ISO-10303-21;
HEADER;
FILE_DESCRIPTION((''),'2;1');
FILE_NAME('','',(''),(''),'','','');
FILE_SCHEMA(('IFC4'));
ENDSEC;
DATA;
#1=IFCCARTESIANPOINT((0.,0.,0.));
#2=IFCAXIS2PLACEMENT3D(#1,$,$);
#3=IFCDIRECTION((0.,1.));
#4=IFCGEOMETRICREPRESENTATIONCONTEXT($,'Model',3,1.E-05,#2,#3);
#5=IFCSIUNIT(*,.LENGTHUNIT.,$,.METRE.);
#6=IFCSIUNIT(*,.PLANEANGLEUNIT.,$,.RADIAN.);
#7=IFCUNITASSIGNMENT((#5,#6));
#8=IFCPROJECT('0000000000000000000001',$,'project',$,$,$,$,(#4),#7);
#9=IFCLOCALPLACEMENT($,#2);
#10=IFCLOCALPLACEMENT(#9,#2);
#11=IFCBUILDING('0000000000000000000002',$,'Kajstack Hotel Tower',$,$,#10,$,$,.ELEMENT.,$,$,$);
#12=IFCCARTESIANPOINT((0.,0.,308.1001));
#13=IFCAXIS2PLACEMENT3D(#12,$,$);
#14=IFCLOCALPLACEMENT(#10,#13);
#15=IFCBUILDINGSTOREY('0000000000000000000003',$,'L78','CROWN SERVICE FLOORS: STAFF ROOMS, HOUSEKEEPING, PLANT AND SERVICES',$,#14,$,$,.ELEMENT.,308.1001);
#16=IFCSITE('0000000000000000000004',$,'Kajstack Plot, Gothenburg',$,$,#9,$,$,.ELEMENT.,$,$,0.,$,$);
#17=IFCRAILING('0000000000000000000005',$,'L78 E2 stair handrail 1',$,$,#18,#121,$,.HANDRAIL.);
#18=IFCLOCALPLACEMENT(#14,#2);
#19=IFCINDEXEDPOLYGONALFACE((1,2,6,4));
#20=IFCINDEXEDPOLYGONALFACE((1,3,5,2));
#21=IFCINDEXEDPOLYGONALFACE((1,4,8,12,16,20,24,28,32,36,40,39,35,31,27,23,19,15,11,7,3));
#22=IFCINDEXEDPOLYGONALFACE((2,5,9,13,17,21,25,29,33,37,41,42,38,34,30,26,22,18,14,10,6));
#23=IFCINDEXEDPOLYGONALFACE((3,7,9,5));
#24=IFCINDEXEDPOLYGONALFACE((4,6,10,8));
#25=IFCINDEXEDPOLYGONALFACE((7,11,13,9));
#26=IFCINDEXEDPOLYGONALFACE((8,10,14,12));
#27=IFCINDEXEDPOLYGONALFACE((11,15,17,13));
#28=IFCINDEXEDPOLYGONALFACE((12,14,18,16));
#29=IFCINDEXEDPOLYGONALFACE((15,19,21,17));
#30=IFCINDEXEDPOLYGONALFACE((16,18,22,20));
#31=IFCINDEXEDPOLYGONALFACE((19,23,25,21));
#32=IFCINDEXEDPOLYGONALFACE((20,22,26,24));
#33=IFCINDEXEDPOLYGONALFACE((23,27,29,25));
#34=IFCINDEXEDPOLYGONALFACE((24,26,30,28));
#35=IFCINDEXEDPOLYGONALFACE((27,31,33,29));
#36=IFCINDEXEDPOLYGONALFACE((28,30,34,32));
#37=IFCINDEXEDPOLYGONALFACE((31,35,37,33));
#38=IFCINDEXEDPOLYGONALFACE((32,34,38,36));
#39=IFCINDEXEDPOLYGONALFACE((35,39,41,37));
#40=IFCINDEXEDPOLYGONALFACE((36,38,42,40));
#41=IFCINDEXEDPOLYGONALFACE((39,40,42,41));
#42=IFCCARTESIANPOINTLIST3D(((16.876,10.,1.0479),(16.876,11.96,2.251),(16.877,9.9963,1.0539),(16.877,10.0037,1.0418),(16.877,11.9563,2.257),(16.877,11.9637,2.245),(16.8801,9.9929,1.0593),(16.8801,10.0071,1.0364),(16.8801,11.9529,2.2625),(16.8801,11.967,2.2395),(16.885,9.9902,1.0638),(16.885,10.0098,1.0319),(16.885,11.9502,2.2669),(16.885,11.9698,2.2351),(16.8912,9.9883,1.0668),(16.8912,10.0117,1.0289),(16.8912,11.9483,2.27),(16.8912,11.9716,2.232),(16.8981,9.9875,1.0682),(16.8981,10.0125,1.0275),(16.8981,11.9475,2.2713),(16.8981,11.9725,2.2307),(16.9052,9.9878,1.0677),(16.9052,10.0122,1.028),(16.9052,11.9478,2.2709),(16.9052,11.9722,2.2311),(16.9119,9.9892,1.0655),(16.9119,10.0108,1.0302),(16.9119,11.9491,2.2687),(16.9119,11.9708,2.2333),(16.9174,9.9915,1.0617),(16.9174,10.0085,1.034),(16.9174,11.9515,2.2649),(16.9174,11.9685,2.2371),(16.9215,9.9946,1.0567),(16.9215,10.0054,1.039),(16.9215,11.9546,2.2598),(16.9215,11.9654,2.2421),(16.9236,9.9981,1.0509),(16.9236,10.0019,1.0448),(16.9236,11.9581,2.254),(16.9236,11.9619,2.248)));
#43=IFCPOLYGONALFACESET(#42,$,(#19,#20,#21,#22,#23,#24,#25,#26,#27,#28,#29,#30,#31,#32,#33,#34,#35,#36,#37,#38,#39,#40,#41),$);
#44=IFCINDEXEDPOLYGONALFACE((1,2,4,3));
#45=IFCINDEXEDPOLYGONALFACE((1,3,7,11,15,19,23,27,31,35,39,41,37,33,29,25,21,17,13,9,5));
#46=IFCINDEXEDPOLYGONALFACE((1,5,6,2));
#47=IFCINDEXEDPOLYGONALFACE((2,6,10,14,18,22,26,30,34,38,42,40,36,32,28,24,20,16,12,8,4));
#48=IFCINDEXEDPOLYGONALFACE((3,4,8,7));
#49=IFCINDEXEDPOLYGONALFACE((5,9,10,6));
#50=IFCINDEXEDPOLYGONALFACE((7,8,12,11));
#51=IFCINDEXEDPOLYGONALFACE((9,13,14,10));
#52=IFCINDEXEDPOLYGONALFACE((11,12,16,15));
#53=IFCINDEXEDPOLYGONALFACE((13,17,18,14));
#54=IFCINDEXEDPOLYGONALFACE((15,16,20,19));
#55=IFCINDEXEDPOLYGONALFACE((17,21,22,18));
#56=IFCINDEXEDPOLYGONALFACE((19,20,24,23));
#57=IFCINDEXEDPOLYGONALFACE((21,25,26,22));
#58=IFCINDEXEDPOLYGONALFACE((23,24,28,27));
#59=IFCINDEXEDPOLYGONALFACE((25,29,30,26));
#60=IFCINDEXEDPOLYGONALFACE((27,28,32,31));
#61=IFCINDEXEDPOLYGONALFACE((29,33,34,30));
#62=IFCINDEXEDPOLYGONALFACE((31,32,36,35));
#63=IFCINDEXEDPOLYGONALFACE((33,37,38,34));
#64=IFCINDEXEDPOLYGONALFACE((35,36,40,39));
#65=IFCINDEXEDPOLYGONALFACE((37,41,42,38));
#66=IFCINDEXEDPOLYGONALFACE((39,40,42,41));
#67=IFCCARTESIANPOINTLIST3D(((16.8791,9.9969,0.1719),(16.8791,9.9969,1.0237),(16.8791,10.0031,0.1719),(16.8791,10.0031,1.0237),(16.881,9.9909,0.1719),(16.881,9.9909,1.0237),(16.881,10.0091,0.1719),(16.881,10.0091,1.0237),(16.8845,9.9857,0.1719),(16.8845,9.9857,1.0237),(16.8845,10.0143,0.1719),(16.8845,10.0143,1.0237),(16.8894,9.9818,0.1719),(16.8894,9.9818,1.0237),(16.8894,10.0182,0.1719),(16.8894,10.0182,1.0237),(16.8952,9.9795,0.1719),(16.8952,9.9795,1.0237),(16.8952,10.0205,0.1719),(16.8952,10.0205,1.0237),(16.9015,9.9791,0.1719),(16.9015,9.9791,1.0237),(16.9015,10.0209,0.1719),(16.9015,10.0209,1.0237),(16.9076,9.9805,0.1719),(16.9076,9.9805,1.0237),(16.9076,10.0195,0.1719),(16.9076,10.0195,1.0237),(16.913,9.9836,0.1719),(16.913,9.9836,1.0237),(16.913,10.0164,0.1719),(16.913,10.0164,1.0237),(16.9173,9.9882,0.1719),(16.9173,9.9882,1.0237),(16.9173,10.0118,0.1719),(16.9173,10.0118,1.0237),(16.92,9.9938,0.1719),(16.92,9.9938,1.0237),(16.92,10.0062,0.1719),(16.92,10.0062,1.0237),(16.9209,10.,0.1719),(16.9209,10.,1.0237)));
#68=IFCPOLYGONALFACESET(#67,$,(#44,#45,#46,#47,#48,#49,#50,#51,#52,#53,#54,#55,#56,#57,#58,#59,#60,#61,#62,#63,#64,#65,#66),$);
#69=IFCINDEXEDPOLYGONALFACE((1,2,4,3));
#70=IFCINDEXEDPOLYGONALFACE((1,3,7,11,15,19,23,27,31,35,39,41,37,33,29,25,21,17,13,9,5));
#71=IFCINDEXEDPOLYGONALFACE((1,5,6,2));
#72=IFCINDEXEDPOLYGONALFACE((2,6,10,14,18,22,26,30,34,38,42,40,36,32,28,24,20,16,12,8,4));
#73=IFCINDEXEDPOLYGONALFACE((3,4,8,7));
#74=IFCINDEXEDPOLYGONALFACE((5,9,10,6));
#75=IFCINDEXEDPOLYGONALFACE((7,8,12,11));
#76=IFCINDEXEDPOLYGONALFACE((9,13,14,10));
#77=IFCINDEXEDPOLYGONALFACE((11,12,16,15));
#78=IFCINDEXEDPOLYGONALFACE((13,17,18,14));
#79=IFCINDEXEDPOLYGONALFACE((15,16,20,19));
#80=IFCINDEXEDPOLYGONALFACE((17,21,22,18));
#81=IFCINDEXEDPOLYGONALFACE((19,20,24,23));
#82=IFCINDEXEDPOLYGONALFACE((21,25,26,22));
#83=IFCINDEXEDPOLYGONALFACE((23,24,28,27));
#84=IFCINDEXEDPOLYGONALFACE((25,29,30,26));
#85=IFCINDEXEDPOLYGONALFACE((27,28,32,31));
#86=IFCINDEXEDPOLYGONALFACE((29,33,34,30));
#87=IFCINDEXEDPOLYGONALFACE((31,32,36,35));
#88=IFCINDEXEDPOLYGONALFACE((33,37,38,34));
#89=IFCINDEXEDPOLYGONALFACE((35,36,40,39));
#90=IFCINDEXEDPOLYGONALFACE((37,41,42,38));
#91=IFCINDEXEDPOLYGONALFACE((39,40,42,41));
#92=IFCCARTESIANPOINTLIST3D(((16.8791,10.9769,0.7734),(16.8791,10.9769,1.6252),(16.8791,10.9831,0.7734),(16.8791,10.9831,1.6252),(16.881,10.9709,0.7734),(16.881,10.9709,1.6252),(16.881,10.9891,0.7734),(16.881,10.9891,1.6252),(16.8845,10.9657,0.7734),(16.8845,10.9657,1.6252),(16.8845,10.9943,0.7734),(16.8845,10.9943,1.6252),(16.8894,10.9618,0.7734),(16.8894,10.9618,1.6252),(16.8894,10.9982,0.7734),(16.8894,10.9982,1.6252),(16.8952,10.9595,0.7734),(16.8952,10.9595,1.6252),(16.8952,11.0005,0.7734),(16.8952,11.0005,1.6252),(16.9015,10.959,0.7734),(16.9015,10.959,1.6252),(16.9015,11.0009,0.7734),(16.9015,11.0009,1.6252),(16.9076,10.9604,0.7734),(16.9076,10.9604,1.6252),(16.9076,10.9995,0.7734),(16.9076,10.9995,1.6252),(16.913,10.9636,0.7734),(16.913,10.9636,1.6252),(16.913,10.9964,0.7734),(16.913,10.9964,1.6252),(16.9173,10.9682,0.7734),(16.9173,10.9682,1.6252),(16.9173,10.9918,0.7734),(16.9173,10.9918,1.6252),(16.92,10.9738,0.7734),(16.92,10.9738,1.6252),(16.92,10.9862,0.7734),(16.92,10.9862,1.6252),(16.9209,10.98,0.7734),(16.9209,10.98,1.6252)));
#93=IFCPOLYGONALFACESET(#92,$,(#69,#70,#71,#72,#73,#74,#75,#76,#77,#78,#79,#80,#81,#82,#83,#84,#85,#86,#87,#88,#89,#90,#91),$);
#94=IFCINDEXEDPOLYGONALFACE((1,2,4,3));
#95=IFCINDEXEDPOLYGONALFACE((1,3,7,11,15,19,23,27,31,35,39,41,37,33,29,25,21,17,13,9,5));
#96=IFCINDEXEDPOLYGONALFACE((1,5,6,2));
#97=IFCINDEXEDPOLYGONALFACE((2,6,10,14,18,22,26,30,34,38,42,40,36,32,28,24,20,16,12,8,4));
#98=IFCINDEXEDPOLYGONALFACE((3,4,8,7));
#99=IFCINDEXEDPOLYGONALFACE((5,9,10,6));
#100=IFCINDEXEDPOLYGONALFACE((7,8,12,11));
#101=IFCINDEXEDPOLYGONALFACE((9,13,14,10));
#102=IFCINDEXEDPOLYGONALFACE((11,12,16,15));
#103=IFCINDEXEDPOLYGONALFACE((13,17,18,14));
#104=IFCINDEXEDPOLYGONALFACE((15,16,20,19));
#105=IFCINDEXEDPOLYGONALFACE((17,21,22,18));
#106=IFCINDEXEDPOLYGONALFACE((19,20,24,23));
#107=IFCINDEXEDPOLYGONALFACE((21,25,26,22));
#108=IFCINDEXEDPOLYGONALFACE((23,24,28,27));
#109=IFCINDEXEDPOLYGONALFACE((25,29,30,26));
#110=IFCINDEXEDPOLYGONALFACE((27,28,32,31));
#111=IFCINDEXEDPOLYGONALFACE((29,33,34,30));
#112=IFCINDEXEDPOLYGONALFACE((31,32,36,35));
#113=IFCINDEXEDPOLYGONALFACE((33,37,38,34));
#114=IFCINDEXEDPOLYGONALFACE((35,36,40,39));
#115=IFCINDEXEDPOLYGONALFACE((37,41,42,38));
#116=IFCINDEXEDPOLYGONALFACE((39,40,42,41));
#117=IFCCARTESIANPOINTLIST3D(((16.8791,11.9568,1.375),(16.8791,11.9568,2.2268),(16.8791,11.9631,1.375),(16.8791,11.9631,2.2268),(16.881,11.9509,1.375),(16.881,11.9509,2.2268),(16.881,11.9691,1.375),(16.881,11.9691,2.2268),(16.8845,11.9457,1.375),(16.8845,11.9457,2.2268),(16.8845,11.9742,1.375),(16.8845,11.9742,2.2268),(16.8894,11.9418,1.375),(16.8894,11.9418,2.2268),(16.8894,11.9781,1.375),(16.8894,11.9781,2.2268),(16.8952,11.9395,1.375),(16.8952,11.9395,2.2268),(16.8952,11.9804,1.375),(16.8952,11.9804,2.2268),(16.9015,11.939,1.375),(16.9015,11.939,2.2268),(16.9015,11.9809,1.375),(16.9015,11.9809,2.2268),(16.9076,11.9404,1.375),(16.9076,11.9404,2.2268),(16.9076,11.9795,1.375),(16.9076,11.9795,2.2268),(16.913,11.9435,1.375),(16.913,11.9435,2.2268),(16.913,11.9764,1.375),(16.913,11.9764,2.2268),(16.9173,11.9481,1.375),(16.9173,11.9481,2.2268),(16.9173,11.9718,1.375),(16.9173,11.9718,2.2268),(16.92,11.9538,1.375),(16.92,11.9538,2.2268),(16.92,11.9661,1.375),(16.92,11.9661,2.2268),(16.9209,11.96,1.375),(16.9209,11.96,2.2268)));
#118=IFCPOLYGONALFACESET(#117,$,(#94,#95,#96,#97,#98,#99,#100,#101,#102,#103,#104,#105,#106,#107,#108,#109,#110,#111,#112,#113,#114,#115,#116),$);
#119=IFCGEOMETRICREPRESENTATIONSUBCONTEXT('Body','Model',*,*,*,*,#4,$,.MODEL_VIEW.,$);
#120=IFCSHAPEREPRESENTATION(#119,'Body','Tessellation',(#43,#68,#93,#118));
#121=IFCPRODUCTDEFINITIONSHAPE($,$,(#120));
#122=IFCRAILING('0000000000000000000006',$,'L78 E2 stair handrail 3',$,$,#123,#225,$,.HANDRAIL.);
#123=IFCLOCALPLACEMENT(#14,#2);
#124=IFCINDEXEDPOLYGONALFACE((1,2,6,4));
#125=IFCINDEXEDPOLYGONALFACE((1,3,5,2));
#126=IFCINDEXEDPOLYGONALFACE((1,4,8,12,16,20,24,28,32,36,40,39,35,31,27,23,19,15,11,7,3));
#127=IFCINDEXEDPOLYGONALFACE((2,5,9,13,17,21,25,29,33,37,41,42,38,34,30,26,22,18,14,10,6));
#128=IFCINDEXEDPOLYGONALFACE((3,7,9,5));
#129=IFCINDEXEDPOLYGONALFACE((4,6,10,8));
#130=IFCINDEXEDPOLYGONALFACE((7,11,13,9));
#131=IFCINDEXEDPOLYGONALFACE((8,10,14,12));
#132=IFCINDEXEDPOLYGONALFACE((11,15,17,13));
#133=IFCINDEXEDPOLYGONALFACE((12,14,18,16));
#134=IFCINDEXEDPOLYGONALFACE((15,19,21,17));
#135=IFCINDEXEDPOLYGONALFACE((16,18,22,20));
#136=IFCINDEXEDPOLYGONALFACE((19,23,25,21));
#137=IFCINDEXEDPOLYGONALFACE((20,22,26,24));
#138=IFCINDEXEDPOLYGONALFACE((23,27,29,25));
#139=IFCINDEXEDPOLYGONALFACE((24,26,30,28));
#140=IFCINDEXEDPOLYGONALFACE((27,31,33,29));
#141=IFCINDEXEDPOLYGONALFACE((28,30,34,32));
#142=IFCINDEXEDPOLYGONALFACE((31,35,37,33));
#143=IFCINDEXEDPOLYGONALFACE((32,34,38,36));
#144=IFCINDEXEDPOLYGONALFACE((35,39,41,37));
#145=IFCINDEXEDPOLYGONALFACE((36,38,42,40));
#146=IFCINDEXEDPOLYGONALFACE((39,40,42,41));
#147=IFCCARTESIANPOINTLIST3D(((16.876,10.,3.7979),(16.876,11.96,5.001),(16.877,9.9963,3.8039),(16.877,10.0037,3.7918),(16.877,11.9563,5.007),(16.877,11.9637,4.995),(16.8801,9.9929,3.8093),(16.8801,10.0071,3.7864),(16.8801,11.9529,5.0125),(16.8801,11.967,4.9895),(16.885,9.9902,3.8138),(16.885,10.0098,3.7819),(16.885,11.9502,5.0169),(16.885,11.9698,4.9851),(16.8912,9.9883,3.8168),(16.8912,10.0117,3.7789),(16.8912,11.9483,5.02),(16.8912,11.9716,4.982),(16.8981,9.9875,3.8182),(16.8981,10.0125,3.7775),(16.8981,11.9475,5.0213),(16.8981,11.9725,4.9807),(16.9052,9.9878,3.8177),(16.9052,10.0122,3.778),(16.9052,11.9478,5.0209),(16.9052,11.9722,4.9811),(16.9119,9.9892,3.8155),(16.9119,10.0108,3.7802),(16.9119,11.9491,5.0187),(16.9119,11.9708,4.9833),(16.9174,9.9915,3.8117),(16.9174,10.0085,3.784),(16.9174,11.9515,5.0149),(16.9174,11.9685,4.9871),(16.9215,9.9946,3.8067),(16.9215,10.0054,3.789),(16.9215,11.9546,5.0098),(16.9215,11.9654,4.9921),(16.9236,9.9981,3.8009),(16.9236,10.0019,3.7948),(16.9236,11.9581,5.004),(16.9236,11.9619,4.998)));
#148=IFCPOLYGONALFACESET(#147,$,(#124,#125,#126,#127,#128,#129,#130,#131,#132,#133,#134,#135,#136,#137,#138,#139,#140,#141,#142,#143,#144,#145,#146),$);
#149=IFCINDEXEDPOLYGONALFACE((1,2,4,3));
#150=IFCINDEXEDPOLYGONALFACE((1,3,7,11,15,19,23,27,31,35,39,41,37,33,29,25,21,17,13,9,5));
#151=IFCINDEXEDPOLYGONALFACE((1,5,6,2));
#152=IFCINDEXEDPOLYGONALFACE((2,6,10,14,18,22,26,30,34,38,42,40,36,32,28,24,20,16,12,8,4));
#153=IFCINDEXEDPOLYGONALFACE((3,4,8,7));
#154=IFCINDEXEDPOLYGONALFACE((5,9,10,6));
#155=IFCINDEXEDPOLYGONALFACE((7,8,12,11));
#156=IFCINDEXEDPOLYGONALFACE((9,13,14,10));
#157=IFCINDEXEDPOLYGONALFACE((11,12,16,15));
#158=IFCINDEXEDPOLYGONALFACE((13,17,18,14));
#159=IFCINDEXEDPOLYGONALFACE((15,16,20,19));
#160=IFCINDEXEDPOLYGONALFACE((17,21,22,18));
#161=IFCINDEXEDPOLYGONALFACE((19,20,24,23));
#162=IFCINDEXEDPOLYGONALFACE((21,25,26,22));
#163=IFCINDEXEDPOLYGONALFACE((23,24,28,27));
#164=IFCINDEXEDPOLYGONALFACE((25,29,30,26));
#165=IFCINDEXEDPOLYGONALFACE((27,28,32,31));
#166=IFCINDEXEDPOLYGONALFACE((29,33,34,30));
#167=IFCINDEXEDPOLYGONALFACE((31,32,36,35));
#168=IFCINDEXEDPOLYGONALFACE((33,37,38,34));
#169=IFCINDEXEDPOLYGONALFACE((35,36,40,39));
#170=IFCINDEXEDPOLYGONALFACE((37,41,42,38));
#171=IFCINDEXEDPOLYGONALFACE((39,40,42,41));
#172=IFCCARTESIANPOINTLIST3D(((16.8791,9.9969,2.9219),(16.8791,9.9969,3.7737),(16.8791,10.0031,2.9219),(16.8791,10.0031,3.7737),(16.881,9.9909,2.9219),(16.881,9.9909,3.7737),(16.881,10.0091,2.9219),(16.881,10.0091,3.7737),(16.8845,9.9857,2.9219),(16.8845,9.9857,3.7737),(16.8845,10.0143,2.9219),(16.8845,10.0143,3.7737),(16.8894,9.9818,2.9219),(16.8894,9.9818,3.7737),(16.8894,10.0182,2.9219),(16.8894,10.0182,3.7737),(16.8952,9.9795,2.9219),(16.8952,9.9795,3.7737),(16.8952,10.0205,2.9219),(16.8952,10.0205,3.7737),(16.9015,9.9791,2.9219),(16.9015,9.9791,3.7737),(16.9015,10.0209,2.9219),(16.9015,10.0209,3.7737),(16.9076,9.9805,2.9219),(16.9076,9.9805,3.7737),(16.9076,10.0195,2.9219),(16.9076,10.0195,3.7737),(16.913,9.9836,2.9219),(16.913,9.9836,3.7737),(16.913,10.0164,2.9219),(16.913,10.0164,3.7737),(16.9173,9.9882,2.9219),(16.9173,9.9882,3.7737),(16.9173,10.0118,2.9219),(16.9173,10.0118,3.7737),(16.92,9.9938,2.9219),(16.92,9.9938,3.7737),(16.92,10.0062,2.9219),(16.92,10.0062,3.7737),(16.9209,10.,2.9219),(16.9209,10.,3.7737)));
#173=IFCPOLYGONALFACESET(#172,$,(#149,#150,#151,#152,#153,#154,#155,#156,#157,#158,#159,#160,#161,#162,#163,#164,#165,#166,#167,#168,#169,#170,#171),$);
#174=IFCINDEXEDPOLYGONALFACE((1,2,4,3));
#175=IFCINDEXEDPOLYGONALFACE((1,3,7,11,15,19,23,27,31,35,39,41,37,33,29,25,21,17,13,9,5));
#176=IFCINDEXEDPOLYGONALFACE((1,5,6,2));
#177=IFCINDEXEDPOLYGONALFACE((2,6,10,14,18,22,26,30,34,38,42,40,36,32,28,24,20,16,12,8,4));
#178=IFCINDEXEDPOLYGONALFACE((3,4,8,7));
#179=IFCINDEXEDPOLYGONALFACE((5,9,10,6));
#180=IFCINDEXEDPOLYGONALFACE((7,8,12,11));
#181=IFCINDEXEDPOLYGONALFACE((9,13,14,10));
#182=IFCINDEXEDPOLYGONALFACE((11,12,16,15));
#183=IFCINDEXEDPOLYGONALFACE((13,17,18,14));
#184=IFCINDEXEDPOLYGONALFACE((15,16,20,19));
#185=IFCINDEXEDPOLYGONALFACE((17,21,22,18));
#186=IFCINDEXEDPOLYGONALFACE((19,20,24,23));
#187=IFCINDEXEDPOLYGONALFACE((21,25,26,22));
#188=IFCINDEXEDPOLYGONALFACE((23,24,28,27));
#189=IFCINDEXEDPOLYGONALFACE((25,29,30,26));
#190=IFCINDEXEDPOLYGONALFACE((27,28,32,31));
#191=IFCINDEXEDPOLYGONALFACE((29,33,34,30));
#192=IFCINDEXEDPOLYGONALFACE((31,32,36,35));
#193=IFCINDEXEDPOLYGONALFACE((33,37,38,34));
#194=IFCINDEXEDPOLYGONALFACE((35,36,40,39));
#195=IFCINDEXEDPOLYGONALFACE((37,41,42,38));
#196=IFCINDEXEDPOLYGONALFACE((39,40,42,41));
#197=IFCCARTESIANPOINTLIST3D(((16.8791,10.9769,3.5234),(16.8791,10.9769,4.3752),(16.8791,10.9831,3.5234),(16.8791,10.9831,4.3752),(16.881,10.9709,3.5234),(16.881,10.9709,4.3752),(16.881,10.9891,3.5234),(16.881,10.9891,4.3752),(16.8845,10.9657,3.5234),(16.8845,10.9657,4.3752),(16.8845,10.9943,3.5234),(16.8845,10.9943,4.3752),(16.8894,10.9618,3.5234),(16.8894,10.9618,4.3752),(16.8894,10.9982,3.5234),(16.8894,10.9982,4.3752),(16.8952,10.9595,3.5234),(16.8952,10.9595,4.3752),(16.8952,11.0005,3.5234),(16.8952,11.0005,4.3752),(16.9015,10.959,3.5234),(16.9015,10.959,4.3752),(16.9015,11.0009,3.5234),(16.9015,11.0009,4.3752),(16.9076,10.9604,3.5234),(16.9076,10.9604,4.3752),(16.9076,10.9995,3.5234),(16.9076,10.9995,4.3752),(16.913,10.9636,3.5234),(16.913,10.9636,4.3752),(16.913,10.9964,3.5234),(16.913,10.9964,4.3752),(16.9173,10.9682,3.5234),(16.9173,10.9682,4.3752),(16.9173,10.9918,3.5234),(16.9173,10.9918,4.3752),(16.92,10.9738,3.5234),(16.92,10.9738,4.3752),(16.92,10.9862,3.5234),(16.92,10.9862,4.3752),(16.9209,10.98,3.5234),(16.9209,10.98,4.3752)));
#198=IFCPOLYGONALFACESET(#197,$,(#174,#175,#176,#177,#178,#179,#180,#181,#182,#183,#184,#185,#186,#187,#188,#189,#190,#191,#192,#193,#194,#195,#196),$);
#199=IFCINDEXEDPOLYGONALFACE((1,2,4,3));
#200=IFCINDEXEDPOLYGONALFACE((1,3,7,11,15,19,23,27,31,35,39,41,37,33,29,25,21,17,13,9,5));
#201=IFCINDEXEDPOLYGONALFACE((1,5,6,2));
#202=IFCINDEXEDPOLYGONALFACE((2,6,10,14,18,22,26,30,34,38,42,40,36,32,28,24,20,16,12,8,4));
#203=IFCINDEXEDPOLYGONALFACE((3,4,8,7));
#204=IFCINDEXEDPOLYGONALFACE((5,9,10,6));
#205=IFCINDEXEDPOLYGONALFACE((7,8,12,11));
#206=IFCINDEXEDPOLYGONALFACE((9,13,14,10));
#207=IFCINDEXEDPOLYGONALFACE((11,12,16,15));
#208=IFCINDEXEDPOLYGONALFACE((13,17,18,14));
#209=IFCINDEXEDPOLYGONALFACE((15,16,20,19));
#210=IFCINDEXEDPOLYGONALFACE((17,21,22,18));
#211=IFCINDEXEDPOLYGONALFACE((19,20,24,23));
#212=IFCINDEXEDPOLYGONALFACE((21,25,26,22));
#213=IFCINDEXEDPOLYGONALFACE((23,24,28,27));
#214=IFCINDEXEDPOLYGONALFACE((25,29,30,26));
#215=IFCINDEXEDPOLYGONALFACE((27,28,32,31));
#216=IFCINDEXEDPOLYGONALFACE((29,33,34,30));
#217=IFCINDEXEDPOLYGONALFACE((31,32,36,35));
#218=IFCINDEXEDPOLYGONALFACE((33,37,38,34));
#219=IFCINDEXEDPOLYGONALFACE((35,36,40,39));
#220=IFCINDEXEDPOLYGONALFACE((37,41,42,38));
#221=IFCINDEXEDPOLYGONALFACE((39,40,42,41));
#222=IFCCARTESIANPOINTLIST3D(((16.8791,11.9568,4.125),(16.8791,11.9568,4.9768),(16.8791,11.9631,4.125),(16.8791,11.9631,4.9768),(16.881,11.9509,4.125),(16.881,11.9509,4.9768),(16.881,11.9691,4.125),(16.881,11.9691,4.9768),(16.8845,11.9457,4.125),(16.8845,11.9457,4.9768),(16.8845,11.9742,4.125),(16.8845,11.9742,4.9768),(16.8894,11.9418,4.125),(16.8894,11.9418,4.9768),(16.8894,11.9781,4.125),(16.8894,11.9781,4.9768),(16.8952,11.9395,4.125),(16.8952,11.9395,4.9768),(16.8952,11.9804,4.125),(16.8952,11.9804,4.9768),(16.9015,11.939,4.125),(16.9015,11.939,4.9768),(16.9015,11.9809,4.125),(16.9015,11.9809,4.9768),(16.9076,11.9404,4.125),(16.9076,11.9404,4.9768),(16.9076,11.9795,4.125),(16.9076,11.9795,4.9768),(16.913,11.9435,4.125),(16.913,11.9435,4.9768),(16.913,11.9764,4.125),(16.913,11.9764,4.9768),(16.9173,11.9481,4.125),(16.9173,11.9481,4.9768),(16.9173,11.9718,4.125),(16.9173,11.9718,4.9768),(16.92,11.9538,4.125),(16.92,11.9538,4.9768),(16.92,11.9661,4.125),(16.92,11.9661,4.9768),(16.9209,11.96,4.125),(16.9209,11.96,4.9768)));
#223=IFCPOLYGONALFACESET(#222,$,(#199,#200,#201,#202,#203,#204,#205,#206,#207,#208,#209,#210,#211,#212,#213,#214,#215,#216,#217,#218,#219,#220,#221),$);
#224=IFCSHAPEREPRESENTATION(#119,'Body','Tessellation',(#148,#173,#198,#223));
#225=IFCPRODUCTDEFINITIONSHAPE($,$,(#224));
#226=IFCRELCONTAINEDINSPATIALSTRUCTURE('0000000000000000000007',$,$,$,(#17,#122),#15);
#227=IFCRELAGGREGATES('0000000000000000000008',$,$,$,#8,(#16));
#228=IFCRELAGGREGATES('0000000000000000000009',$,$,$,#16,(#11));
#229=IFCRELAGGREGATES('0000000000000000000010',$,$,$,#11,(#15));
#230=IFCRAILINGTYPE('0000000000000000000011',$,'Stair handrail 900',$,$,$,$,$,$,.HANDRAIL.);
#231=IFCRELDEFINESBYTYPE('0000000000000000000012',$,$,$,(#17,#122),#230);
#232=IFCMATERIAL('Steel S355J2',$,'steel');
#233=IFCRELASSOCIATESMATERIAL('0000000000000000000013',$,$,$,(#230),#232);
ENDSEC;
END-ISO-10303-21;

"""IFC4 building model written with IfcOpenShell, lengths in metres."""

from ifc_helpers import new_model, si_unit, direction, frame, origin, origin_2d, place, context, subcontext, project, spatial, circle, extrude, material, type_object, element, save


model = new_model("IFC4")

# Units and contexts
model_context = context("Model", 3, precision=1e-05, world=origin(), true_north=direction((0.0, 1.0)))
body_context = subcontext(model_context, "Body", "Model", "MODEL_VIEW")
ifc_project = project(units=[si_unit("LENGTHUNIT", "METRE"), si_unit("PLANEANGLEUNIT", "RADIAN")], contexts=[model_context])

# Site, building, storey
site_placement = place(None, origin())
site = spatial("IfcSite", under=ifc_project, at=site_placement, Name="Kajstack Plot, Gothenburg", CompositionType="ELEMENT", RefElevation=0.0)
building_placement = place(site_placement, origin())
building = spatial("IfcBuilding", under=site, at=building_placement, Name="Kajstack Hotel Tower", CompositionType="ELEMENT")
storey_placement = place(building_placement, frame((0.0, 0.0, 308.1001)))
storey = spatial("IfcBuildingStorey", under=building, at=storey_placement, Name="L78", Description="CROWN SERVICE FLOORS: STAFF ROOMS, HOUSEKEEPING, PLANT AND SERVICES", CompositionType="ELEMENT", Elevation=308.1001)

# Shared definitions
ifc_material_1 = material(Name="Steel S355J2", Category="steel")

# Railings
railing_type_1 = type_object("IfcRailingType", Name="Stair handrail 900", PredefinedType="HANDRAIL", material=ifc_material_1)
for number, where, name in (
    (1, (16.8999, 10.0, 0.1719), "L78 E2 stair handrail 1"),
    (2, (16.8999, 10.0, 2.9219), "L78 E2 stair handrail 3"),
):
    element("IfcRailing", number, at=place(storey_placement, frame(where)), inside=storey, type_object=railing_type_1, Name=name, PredefinedType="HANDRAIL", context=body_context, shape_type="SweptSolid", body=[
        extrude(circle(Radius=0.0239, at=origin_2d()), frame((0.0, 0.0, 0.876), z_axis=(0.0, 0.852241, 0.523149), x_axis=(-1.0, 0.0, 0.0)), (0.0, 0.0, 1.0), 2.2998),
        extrude(circle(Radius=0.021, at=origin_2d()), origin(), (0.0, 0.0, 1.0), 0.8518),
        extrude(circle(Radius=0.021, at=origin_2d()), frame((0.0, 0.98, 0.6016)), (0.0, 0.0, 1.0), 0.8518),
        extrude(circle(Radius=0.021, at=origin_2d()), frame((0.0, 1.96, 1.2031)), (0.0, 0.0, 1.0), 0.8518),
    ])

save(model, "model.ifc")
